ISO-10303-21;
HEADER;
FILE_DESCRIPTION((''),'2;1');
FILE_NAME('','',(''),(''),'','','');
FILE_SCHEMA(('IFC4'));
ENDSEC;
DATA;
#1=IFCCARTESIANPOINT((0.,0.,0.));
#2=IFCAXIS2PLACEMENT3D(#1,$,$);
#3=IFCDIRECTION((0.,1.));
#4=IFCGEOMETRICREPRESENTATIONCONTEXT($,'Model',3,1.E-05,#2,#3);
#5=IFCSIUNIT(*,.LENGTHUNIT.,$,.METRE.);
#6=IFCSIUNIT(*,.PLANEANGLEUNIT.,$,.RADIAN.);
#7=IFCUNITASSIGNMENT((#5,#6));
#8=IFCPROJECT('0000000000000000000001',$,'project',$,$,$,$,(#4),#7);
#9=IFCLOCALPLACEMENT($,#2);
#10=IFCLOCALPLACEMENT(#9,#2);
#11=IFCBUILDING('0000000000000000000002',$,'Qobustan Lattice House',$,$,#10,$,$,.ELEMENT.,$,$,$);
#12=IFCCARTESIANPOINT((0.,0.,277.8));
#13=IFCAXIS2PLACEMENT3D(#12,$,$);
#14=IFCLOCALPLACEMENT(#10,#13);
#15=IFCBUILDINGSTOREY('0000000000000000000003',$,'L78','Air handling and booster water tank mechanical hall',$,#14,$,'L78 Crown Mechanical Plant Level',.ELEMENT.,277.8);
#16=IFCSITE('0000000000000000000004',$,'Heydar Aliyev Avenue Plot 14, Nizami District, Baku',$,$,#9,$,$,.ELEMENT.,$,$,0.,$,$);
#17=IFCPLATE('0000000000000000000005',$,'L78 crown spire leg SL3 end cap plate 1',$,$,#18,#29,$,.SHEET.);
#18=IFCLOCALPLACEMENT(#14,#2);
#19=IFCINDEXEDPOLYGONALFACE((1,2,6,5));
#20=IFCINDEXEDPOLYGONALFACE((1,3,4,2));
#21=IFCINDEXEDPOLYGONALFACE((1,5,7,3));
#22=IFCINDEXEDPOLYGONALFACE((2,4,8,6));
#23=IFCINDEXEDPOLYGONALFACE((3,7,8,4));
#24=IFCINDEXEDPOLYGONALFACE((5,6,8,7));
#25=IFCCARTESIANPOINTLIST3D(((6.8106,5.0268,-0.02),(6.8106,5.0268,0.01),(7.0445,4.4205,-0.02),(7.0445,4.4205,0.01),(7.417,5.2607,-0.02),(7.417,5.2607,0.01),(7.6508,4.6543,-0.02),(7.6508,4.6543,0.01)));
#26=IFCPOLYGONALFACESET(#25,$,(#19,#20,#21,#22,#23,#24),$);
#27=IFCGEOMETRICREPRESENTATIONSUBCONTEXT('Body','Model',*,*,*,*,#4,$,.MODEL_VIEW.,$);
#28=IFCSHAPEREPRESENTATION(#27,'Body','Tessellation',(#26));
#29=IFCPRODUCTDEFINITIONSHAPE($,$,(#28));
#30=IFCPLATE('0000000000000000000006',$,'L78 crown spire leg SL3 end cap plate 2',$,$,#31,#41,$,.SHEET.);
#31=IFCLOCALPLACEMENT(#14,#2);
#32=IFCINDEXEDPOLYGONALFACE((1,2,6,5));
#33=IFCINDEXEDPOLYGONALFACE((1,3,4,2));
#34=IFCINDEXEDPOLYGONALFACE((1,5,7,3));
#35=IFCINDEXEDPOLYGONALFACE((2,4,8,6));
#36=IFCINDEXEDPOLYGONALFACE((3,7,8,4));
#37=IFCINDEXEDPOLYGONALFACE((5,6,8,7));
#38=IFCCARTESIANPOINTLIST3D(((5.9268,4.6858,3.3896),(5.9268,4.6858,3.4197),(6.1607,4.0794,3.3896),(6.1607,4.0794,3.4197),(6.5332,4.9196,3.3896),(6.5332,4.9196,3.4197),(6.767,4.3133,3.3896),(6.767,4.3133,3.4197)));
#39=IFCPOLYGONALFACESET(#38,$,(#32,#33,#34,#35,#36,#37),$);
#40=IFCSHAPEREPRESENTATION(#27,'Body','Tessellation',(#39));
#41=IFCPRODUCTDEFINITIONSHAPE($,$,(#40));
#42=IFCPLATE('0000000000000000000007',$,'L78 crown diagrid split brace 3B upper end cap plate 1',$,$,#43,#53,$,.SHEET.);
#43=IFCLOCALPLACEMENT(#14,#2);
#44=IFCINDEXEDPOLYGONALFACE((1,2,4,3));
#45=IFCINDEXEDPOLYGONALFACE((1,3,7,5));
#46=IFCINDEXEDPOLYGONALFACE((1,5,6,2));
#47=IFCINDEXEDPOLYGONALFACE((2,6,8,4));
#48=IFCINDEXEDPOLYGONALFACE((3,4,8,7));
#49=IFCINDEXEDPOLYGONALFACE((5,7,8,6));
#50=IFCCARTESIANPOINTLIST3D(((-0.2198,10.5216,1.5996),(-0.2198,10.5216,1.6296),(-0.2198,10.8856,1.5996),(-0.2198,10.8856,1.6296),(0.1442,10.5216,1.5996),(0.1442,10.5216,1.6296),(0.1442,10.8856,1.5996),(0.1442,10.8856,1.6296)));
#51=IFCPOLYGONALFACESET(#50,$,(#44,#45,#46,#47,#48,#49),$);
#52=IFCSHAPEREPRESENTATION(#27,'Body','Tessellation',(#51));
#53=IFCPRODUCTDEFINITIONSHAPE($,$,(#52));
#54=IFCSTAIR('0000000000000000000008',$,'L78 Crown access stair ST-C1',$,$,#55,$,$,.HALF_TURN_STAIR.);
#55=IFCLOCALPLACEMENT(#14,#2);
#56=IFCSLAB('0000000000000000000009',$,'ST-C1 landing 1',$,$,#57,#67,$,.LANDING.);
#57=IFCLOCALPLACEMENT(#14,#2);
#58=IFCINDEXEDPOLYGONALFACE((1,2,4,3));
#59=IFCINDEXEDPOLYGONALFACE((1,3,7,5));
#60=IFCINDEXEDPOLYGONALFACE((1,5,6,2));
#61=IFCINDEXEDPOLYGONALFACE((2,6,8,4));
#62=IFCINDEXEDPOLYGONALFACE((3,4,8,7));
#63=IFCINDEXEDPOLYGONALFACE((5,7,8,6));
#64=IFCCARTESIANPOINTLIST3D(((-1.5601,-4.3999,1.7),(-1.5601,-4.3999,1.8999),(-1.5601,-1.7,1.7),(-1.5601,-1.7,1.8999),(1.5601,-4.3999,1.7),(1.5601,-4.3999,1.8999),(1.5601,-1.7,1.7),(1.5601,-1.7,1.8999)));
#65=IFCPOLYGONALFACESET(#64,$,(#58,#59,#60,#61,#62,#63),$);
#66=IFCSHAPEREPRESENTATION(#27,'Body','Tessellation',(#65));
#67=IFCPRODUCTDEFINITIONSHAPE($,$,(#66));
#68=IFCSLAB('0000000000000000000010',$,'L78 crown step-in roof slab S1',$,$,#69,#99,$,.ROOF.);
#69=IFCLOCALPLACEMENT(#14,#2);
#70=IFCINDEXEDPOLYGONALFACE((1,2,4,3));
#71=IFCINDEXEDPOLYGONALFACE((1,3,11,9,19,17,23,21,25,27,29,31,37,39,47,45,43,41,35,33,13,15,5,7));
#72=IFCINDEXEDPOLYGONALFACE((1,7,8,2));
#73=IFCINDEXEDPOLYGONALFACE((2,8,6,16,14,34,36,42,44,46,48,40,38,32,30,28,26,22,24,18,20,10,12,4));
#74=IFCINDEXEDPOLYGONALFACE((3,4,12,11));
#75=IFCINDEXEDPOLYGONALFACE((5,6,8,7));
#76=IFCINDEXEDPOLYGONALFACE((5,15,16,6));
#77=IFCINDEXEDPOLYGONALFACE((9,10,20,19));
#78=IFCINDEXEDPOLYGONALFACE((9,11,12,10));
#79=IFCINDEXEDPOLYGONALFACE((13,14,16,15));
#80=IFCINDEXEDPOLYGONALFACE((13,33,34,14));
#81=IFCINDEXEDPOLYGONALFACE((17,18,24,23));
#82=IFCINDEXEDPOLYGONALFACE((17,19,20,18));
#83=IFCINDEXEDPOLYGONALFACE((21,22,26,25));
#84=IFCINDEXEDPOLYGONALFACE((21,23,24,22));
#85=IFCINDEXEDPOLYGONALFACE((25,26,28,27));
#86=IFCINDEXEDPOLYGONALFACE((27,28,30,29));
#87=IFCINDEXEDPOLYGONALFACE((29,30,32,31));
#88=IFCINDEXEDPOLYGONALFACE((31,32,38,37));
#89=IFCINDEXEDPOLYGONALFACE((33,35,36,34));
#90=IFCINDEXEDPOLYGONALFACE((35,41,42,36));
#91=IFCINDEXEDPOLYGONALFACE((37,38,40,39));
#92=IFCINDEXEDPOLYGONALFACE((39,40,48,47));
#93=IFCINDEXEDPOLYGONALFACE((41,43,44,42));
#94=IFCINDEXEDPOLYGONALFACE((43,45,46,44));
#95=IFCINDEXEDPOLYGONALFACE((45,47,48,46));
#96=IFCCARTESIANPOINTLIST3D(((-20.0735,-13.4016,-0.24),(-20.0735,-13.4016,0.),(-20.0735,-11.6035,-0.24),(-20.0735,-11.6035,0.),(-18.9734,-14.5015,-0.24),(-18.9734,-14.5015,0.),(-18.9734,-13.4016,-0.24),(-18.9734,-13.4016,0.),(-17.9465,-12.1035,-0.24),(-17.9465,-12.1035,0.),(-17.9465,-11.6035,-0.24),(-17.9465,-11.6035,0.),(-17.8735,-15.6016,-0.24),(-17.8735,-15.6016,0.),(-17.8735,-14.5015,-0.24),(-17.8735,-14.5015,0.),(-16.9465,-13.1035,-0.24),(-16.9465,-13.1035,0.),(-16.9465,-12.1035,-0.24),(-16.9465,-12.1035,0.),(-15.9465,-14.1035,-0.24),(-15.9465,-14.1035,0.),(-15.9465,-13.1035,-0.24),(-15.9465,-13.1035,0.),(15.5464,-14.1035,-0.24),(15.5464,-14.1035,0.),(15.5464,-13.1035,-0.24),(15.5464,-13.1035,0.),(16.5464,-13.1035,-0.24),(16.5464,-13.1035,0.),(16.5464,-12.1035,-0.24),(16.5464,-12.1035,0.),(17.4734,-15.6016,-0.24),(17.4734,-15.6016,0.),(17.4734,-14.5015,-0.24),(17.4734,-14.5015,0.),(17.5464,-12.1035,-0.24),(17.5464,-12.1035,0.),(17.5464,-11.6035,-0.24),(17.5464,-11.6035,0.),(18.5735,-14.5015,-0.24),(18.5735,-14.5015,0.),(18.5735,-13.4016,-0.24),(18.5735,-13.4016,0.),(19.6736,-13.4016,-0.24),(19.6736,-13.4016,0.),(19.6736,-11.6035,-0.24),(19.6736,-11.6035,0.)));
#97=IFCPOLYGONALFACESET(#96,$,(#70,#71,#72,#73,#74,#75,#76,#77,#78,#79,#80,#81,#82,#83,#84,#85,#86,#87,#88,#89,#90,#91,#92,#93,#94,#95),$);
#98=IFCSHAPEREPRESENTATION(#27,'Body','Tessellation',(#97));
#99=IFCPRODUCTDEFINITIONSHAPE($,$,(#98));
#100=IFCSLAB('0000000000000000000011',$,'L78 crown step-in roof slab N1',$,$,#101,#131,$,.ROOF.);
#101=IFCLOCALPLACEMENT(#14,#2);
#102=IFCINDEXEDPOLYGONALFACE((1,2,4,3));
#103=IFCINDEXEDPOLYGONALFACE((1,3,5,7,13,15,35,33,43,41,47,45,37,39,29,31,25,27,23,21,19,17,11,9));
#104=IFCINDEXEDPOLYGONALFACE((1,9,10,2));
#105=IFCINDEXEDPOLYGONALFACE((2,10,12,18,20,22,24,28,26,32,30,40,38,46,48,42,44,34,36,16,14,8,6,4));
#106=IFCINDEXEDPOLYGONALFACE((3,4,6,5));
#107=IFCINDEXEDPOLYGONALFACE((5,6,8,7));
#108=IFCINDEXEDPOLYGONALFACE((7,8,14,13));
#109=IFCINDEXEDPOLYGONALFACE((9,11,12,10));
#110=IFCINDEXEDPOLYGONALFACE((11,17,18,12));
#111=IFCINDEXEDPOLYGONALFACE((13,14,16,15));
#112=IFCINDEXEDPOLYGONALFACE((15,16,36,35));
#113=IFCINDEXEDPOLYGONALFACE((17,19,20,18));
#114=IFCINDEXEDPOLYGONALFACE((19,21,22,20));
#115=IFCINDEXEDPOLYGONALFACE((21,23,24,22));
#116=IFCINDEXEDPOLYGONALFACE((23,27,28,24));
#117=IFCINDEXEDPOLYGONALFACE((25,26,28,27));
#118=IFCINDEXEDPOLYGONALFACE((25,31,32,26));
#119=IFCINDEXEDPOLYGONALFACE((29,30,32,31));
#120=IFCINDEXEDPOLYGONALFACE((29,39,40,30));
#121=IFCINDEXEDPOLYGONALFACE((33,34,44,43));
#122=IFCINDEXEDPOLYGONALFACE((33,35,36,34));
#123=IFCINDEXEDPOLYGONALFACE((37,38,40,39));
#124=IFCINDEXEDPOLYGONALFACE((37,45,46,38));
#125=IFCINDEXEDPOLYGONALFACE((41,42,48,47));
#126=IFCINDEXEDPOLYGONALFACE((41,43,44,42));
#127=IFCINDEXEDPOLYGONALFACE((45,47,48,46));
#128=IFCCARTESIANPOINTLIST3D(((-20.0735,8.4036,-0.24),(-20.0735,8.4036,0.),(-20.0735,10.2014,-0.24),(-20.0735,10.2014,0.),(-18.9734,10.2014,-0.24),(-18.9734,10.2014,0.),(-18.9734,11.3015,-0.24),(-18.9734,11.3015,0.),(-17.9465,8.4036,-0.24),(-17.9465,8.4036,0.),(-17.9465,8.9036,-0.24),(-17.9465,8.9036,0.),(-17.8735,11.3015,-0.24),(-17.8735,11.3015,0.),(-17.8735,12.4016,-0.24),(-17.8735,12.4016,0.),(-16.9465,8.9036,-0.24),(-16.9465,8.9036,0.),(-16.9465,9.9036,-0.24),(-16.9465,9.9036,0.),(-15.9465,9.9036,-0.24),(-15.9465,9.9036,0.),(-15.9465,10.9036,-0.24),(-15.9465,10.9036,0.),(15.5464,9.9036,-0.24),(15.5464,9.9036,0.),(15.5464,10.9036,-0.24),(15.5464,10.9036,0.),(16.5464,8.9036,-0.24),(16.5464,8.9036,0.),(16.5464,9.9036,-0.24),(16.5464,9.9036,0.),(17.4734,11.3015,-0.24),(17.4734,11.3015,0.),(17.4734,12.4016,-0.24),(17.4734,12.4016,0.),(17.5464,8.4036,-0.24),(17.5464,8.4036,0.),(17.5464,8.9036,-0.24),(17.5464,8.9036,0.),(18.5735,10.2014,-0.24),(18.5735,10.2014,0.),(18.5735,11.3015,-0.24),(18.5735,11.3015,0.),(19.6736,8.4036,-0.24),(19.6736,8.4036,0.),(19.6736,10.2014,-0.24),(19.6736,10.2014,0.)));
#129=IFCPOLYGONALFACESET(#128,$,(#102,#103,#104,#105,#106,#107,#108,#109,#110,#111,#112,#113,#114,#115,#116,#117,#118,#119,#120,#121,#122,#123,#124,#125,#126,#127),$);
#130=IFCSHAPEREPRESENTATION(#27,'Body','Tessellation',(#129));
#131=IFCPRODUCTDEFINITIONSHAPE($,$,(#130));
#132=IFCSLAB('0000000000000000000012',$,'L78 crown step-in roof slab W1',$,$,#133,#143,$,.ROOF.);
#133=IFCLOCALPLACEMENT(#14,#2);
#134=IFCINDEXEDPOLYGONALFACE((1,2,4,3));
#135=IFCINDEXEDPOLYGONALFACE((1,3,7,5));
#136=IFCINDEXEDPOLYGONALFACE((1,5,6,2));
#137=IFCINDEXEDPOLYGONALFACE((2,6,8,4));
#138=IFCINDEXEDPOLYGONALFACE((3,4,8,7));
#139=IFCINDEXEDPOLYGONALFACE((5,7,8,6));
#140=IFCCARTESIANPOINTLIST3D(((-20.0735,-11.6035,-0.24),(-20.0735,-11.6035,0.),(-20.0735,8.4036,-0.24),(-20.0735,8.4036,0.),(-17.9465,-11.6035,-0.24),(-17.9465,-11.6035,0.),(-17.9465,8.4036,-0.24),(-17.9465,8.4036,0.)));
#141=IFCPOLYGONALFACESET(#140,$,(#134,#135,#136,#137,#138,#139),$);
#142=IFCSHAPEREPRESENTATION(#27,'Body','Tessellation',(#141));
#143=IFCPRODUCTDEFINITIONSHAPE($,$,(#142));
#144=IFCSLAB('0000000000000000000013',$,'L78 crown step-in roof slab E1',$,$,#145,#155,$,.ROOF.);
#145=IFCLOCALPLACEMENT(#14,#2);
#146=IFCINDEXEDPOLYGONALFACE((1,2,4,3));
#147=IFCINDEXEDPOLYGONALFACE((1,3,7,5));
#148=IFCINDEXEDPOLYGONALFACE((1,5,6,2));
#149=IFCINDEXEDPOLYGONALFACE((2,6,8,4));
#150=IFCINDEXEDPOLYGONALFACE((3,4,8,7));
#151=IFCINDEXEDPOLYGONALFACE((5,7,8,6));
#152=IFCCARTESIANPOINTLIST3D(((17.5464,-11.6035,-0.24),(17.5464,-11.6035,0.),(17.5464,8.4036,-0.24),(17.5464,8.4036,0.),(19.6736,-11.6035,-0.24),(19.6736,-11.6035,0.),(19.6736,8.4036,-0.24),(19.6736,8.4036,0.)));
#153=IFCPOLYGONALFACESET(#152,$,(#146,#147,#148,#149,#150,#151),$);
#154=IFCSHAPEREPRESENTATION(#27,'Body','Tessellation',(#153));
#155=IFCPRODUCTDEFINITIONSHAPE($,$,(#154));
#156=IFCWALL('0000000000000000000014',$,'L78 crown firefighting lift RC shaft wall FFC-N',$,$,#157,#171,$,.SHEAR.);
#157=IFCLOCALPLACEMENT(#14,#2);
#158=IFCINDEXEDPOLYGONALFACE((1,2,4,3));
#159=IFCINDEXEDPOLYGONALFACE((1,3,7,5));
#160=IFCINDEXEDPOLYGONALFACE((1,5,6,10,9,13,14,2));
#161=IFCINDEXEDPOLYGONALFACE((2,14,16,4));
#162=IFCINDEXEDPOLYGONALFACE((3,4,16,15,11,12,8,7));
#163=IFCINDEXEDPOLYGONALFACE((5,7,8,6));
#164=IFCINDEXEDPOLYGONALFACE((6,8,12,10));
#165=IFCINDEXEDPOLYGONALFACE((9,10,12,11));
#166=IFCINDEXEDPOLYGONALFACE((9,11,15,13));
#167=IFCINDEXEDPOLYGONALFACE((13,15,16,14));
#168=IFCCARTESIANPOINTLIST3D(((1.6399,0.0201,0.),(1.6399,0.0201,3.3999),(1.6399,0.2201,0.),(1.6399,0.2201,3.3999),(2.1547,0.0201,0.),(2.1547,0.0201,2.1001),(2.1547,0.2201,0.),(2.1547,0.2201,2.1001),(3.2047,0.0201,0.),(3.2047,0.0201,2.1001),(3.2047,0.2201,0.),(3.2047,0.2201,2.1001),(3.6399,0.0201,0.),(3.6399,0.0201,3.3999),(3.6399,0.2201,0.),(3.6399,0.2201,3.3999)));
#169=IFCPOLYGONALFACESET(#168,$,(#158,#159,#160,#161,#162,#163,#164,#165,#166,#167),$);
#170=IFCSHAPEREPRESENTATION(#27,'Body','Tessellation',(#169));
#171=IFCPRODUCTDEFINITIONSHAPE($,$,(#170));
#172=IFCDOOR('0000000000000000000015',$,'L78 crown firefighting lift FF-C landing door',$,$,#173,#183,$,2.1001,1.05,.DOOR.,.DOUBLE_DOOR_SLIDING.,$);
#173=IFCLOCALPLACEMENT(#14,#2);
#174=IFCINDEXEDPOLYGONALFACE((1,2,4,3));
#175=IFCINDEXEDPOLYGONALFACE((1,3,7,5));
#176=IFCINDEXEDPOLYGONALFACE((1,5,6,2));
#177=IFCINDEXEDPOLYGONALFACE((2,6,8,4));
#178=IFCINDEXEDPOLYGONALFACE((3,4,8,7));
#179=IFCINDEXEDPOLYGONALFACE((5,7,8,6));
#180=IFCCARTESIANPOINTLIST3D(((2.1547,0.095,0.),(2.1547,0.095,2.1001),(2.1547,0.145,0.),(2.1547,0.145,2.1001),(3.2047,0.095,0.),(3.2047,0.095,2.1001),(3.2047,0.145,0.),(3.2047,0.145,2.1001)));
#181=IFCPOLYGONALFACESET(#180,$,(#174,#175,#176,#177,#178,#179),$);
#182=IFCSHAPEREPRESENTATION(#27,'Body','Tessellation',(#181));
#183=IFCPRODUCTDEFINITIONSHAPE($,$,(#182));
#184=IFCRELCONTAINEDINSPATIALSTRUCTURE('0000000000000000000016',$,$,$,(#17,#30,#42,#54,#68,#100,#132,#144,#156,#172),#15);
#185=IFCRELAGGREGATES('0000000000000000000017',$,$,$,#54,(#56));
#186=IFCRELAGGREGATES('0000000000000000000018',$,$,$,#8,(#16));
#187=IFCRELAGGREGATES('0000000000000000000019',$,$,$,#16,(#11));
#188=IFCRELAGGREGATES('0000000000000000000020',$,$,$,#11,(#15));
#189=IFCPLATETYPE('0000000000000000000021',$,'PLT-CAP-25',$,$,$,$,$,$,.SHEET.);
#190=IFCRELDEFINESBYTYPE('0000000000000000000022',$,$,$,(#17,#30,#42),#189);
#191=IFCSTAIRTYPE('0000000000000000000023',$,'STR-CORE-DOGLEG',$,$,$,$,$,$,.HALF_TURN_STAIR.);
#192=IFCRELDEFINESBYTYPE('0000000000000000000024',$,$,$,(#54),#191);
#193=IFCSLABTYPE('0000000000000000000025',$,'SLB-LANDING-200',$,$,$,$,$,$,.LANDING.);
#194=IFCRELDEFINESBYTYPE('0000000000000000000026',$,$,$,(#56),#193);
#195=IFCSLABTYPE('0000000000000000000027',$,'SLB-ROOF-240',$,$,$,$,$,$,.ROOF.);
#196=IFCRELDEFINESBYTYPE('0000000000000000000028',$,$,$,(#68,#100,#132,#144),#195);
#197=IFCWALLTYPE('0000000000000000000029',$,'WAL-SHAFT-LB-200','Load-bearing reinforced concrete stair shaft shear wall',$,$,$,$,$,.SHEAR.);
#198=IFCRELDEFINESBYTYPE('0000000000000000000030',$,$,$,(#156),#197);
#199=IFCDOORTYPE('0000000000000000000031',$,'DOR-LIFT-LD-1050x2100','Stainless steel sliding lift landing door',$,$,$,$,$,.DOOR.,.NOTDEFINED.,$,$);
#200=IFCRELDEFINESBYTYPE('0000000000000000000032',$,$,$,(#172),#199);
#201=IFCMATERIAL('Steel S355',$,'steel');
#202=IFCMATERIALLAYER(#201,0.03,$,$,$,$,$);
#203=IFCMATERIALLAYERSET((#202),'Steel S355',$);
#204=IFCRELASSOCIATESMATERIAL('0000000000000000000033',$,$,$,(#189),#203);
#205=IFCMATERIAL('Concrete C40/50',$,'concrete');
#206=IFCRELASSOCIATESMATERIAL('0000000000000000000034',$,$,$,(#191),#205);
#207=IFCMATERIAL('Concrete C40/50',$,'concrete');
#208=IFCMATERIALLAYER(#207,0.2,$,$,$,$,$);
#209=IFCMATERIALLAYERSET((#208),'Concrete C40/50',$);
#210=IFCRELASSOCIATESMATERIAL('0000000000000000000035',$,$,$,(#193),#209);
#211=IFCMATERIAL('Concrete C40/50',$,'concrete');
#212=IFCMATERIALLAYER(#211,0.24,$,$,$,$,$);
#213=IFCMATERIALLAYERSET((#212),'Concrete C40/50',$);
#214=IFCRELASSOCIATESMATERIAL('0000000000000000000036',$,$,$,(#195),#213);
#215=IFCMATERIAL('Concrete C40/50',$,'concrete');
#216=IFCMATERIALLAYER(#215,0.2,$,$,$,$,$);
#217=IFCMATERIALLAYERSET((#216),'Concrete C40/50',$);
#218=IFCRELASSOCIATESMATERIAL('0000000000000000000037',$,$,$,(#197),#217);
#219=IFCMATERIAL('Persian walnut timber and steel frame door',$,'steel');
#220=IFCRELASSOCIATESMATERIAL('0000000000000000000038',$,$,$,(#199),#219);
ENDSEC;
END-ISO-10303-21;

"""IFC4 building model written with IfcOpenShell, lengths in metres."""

from ifc_helpers import new_model, si_unit, direction, frame, frame_2d, origin, origin_2d, place, context, subcontext, project, spatial, polyline, rectangle, outline, extrude, material, layer, layer_set, type_object, element, fill, aggregate, save


model = new_model("IFC4")

# Units and contexts
model_context = context("Model", 3, precision=1e-05, world=origin(), true_north=direction((0.0, 1.0)))
body_context = subcontext(model_context, "Body", "Model", "MODEL_VIEW")
ifc_project = project(units=[si_unit("LENGTHUNIT", "METRE"), si_unit("PLANEANGLEUNIT", "RADIAN")], contexts=[model_context])

# Site, building, storey
site_placement = place(None, origin())
site = spatial("IfcSite", under=ifc_project, at=site_placement, Name="Heydar Aliyev Avenue Plot 14, Nizami District, Baku", CompositionType="ELEMENT", RefElevation=0.0)
building_placement = place(site_placement, origin())
building = spatial("IfcBuilding", under=site, at=building_placement, Name="Qobustan Lattice House", CompositionType="ELEMENT")
storey_placement = place(building_placement, frame((0.0, 0.0, 277.8)))
storey = spatial("IfcBuildingStorey", under=building, at=storey_placement, Name="L78", Description="Air handling and booster water tank mechanical hall", LongName="L78 Crown Mechanical Plant Level", CompositionType="ELEMENT", Elevation=277.8)

# Plates
ifc_material_1 = material(Name="Steel S355", Category="steel")
ifc_layer_1 = layer(ifc_material_1, 0.03)
ifc_layer_set_1 = layer_set([ifc_layer_1], Name="Steel S355")
plate_type_1 = type_object("IfcPlateType", Name="PLT-CAP-25", PredefinedType="SHEET", material=ifc_layer_set_1)
for number, where, z_axis, x_axis, name in (
    (1, (7.2307, 4.8406, -0.02), (0.0, 0.0, 1.0), (-0.933004, -0.359867, 0.0), "L78 crown spire leg SL3 end cap plate 1"),
    (2, (6.3469, 4.4995, 3.3896), (0.0, 0.0, 1.0), (-0.933004, -0.359867, 0.0), "L78 crown spire leg SL3 end cap plate 2"),
):
    element("IfcPlate", number, at=place(storey_placement, frame(where, z_axis=z_axis, x_axis=x_axis)), inside=storey, type_object=plate_type_1, Name=name, PredefinedType="SHEET", context=body_context, shape_type="SweptSolid", body=[
        extrude(rectangle(XDim=0.6499, YDim=0.6499, at=origin_2d()), origin(), (0.0, 0.0, 1.0), 0.03),
    ])
plate_1_placement = place(storey_placement, frame((-0.0378, 10.7036, 1.5996), z_axis=(0.0, 0.0, 1.0), x_axis=(1.0, 0.0, 0.0)))
element("IfcPlate", 3, at=plate_1_placement, inside=storey, type_object=plate_type_1, Name="L78 crown diagrid split brace 3B upper end cap plate 1", PredefinedType="SHEET", context=body_context, shape_type="SweptSolid", body=[
    extrude(rectangle(XDim=0.364, YDim=0.364, at=origin_2d()), origin(), (0.0, 0.0, 1.0), 0.03),
])

# Stair, slab
ifc_material_2 = material(Name="Concrete C40/50", Category="concrete")
stair_type = type_object("IfcStairType", Name="STR-CORE-DOGLEG", PredefinedType="HALF_TURN_STAIR", material=ifc_material_2)
stair_placement = place(storey_placement, origin())
stair = element("IfcStair", 4, at=stair_placement, inside=storey, type_object=stair_type, Name="L78 Crown access stair ST-C1", PredefinedType="HALF_TURN_STAIR")
ifc_material_3 = material(Name="Concrete C40/50", Category="concrete")
ifc_layer_2 = layer(ifc_material_3, 0.2)
ifc_layer_set_2 = layer_set([ifc_layer_2], Name="Concrete C40/50")
slab_type_1 = type_object("IfcSlabType", Name="SLB-LANDING-200", PredefinedType="LANDING", material=ifc_layer_set_2)
slab_1_placement = place(storey_placement, frame((0.0, 0.0, 1.7)))
slab_1 = element("IfcSlab", 5, at=slab_1_placement, type_object=slab_type_1, Name="ST-C1 landing 1", PredefinedType="LANDING", context=body_context, shape_type="SweptSolid", body=[
    extrude(outline(polyline([(-1.5601, -1.7), (-1.5601, -4.3999), (1.5601, -4.3999), (1.5601, -1.7), (-1.5601, -1.7)])), origin(), (0.0, 0.0, 1.0), 0.2),
])
aggregate(stair, [slab_1])

# Slabs
ifc_material_4 = material(Name="Concrete C40/50", Category="concrete")
ifc_layer_3 = layer(ifc_material_4, 0.24)
ifc_layer_set_3 = layer_set([ifc_layer_3], Name="Concrete C40/50")
slab_type_2 = type_object("IfcSlabType", Name="SLB-ROOF-240", PredefinedType="ROOF", material=ifc_layer_set_3)
slab_2_placement = place(storey_placement, frame((0.0, 0.0, -0.24)))
element("IfcSlab", 6, at=slab_2_placement, inside=storey, type_object=slab_type_2, Name="L78 crown step-in roof slab S1", PredefinedType="ROOF", context=body_context, shape_type="SweptSolid", body=[
    extrude(outline(polyline([(-17.8735, -14.5015), (-17.8735, -15.6016), (17.4734, -15.6016), (17.4734, -14.5015), (18.5735, -14.5015), (18.5735, -13.4016), (19.6736, -13.4016), (19.6736, -11.6035), (17.5464, -11.6035), (17.5464, -12.1035), (16.5464, -12.1035), (16.5464, -13.1035), (15.5464, -13.1035), (15.5464, -14.1035), (-15.9465, -14.1035), (-15.9465, -13.1035), (-16.9465, -13.1035), (-16.9465, -12.1035), (-17.9465, -12.1035), (-17.9465, -11.6035), (-20.0735, -11.6035), (-20.0735, -13.4016), (-18.9734, -13.4016), (-18.9734, -14.5015), (-17.8735, -14.5015)])), origin(), (0.0, 0.0, 1.0), 0.24),
])
slab_3_placement = place(storey_placement, frame((0.0, 0.0, -0.24)))
element("IfcSlab", 7, at=slab_3_placement, inside=storey, type_object=slab_type_2, Name="L78 crown step-in roof slab N1", PredefinedType="ROOF", context=body_context, shape_type="SweptSolid", body=[
    extrude(outline(polyline([(-20.0735, 8.4036), (-17.9465, 8.4036), (-17.9465, 8.9036), (-16.9465, 8.9036), (-16.9465, 9.9036), (-15.9465, 9.9036), (-15.9465, 10.9036), (15.5464, 10.9036), (15.5464, 9.9036), (16.5464, 9.9036), (16.5464, 8.9036), (17.5464, 8.9036), (17.5464, 8.4036), (19.6736, 8.4036), (19.6736, 10.2014), (18.5735, 10.2014), (18.5735, 11.3015), (17.4734, 11.3015), (17.4734, 12.4016), (-17.8735, 12.4016), (-17.8735, 11.3015), (-18.9734, 11.3015), (-18.9734, 10.2014), (-20.0735, 10.2014), (-20.0735, 8.4036)])), origin(), (0.0, 0.0, 1.0), 0.24),
])
slab_4_placement = place(storey_placement, frame((0.0, 0.0, -0.24)))
element("IfcSlab", 8, at=slab_4_placement, inside=storey, type_object=slab_type_2, Name="L78 crown step-in roof slab W1", PredefinedType="ROOF", context=body_context, shape_type="SweptSolid", body=[
    extrude(outline(polyline([(-20.0735, -11.6035), (-17.9465, -11.6035), (-17.9465, 8.4036), (-20.0735, 8.4036), (-20.0735, -11.6035)])), origin(), (0.0, 0.0, 1.0), 0.24),
])
slab_5_placement = place(storey_placement, frame((0.0, 0.0, -0.24)))
element("IfcSlab", 9, at=slab_5_placement, inside=storey, type_object=slab_type_2, Name="L78 crown step-in roof slab E1", PredefinedType="ROOF", context=body_context, shape_type="SweptSolid", body=[
    extrude(outline(polyline([(19.6736, 8.4036), (17.5464, 8.4036), (17.5464, -11.6035), (19.6736, -11.6035), (19.6736, 8.4036)])), origin(), (0.0, 0.0, 1.0), 0.24),
])

# Wall, opening, door
ifc_material_5 = material(Name="Concrete C40/50", Category="concrete")
ifc_layer_4 = layer(ifc_material_5, 0.2)
ifc_layer_set_4 = layer_set([ifc_layer_4], Name="Concrete C40/50")
wall_type = type_object("IfcWallType", Name="WAL-SHAFT-LB-200", Description="Load-bearing reinforced concrete stair shaft shear wall", PredefinedType="SHEAR", material=ifc_layer_set_4)
wall_placement = place(storey_placement, frame((1.6399, 0.1201, 0.0), z_axis=(0.0, 0.0, 1.0), x_axis=(1.0, 0.0, 0.0)))
wall = element("IfcWall", 10, at=wall_placement, inside=storey, type_object=wall_type, Name="L78 crown firefighting lift RC shaft wall FFC-N", PredefinedType="SHEAR", context=body_context, shape_type="SweptSolid", body=[
    extrude(rectangle(XDim=2.0, YDim=0.2, at=frame_2d((1.0, 0.0))), origin(), (0.0, 0.0, 1.0), 3.3999),
])
opening_placement = place(wall_placement, frame((0.5149, 0.0, 0.0)))
opening = element("IfcOpeningElement", 11, at=opening_placement, cuts=wall, PredefinedType="OPENING", context=body_context, shape_type="SweptSolid", body=[
    extrude(rectangle(XDim=1.05, YDim=2.1001, at=frame_2d((0.5249, 1.05))), frame((0.0, 0.1099, 0.0), z_axis=(0.0, -1.0, 0.0), x_axis=(1.0, 0.0, 0.0)), (0.0, 0.0, 1.0), 0.22),
])
ifc_material_6 = material(Name="Persian walnut timber and steel frame door", Category="steel")
door_type = type_object("IfcDoorType", Name="DOR-LIFT-LD-1050x2100", Description="Stainless steel sliding lift landing door", OperationType="NOTDEFINED", PredefinedType="DOOR", material=ifc_material_6)
door_placement = place(opening_placement, origin())
door = element("IfcDoor", 12, at=door_placement, inside=storey, type_object=door_type, Name="L78 crown firefighting lift FF-C landing door", OperationType="DOUBLE_DOOR_SLIDING", OverallHeight=2.1001, OverallWidth=1.05, PredefinedType="DOOR", context=body_context, shape_type="SweptSolid", body=[
    extrude(rectangle(XDim=1.05, YDim=2.1001, at=frame_2d((0.5249, 1.05))), frame((0.0, 0.0249, 0.0), z_axis=(0.0, -1.0, 0.0), x_axis=(1.0, 0.0, 0.0)), (0.0, 0.0, 1.0), 0.05),
])
fill(opening, door)

save(model, "model.ifc")
